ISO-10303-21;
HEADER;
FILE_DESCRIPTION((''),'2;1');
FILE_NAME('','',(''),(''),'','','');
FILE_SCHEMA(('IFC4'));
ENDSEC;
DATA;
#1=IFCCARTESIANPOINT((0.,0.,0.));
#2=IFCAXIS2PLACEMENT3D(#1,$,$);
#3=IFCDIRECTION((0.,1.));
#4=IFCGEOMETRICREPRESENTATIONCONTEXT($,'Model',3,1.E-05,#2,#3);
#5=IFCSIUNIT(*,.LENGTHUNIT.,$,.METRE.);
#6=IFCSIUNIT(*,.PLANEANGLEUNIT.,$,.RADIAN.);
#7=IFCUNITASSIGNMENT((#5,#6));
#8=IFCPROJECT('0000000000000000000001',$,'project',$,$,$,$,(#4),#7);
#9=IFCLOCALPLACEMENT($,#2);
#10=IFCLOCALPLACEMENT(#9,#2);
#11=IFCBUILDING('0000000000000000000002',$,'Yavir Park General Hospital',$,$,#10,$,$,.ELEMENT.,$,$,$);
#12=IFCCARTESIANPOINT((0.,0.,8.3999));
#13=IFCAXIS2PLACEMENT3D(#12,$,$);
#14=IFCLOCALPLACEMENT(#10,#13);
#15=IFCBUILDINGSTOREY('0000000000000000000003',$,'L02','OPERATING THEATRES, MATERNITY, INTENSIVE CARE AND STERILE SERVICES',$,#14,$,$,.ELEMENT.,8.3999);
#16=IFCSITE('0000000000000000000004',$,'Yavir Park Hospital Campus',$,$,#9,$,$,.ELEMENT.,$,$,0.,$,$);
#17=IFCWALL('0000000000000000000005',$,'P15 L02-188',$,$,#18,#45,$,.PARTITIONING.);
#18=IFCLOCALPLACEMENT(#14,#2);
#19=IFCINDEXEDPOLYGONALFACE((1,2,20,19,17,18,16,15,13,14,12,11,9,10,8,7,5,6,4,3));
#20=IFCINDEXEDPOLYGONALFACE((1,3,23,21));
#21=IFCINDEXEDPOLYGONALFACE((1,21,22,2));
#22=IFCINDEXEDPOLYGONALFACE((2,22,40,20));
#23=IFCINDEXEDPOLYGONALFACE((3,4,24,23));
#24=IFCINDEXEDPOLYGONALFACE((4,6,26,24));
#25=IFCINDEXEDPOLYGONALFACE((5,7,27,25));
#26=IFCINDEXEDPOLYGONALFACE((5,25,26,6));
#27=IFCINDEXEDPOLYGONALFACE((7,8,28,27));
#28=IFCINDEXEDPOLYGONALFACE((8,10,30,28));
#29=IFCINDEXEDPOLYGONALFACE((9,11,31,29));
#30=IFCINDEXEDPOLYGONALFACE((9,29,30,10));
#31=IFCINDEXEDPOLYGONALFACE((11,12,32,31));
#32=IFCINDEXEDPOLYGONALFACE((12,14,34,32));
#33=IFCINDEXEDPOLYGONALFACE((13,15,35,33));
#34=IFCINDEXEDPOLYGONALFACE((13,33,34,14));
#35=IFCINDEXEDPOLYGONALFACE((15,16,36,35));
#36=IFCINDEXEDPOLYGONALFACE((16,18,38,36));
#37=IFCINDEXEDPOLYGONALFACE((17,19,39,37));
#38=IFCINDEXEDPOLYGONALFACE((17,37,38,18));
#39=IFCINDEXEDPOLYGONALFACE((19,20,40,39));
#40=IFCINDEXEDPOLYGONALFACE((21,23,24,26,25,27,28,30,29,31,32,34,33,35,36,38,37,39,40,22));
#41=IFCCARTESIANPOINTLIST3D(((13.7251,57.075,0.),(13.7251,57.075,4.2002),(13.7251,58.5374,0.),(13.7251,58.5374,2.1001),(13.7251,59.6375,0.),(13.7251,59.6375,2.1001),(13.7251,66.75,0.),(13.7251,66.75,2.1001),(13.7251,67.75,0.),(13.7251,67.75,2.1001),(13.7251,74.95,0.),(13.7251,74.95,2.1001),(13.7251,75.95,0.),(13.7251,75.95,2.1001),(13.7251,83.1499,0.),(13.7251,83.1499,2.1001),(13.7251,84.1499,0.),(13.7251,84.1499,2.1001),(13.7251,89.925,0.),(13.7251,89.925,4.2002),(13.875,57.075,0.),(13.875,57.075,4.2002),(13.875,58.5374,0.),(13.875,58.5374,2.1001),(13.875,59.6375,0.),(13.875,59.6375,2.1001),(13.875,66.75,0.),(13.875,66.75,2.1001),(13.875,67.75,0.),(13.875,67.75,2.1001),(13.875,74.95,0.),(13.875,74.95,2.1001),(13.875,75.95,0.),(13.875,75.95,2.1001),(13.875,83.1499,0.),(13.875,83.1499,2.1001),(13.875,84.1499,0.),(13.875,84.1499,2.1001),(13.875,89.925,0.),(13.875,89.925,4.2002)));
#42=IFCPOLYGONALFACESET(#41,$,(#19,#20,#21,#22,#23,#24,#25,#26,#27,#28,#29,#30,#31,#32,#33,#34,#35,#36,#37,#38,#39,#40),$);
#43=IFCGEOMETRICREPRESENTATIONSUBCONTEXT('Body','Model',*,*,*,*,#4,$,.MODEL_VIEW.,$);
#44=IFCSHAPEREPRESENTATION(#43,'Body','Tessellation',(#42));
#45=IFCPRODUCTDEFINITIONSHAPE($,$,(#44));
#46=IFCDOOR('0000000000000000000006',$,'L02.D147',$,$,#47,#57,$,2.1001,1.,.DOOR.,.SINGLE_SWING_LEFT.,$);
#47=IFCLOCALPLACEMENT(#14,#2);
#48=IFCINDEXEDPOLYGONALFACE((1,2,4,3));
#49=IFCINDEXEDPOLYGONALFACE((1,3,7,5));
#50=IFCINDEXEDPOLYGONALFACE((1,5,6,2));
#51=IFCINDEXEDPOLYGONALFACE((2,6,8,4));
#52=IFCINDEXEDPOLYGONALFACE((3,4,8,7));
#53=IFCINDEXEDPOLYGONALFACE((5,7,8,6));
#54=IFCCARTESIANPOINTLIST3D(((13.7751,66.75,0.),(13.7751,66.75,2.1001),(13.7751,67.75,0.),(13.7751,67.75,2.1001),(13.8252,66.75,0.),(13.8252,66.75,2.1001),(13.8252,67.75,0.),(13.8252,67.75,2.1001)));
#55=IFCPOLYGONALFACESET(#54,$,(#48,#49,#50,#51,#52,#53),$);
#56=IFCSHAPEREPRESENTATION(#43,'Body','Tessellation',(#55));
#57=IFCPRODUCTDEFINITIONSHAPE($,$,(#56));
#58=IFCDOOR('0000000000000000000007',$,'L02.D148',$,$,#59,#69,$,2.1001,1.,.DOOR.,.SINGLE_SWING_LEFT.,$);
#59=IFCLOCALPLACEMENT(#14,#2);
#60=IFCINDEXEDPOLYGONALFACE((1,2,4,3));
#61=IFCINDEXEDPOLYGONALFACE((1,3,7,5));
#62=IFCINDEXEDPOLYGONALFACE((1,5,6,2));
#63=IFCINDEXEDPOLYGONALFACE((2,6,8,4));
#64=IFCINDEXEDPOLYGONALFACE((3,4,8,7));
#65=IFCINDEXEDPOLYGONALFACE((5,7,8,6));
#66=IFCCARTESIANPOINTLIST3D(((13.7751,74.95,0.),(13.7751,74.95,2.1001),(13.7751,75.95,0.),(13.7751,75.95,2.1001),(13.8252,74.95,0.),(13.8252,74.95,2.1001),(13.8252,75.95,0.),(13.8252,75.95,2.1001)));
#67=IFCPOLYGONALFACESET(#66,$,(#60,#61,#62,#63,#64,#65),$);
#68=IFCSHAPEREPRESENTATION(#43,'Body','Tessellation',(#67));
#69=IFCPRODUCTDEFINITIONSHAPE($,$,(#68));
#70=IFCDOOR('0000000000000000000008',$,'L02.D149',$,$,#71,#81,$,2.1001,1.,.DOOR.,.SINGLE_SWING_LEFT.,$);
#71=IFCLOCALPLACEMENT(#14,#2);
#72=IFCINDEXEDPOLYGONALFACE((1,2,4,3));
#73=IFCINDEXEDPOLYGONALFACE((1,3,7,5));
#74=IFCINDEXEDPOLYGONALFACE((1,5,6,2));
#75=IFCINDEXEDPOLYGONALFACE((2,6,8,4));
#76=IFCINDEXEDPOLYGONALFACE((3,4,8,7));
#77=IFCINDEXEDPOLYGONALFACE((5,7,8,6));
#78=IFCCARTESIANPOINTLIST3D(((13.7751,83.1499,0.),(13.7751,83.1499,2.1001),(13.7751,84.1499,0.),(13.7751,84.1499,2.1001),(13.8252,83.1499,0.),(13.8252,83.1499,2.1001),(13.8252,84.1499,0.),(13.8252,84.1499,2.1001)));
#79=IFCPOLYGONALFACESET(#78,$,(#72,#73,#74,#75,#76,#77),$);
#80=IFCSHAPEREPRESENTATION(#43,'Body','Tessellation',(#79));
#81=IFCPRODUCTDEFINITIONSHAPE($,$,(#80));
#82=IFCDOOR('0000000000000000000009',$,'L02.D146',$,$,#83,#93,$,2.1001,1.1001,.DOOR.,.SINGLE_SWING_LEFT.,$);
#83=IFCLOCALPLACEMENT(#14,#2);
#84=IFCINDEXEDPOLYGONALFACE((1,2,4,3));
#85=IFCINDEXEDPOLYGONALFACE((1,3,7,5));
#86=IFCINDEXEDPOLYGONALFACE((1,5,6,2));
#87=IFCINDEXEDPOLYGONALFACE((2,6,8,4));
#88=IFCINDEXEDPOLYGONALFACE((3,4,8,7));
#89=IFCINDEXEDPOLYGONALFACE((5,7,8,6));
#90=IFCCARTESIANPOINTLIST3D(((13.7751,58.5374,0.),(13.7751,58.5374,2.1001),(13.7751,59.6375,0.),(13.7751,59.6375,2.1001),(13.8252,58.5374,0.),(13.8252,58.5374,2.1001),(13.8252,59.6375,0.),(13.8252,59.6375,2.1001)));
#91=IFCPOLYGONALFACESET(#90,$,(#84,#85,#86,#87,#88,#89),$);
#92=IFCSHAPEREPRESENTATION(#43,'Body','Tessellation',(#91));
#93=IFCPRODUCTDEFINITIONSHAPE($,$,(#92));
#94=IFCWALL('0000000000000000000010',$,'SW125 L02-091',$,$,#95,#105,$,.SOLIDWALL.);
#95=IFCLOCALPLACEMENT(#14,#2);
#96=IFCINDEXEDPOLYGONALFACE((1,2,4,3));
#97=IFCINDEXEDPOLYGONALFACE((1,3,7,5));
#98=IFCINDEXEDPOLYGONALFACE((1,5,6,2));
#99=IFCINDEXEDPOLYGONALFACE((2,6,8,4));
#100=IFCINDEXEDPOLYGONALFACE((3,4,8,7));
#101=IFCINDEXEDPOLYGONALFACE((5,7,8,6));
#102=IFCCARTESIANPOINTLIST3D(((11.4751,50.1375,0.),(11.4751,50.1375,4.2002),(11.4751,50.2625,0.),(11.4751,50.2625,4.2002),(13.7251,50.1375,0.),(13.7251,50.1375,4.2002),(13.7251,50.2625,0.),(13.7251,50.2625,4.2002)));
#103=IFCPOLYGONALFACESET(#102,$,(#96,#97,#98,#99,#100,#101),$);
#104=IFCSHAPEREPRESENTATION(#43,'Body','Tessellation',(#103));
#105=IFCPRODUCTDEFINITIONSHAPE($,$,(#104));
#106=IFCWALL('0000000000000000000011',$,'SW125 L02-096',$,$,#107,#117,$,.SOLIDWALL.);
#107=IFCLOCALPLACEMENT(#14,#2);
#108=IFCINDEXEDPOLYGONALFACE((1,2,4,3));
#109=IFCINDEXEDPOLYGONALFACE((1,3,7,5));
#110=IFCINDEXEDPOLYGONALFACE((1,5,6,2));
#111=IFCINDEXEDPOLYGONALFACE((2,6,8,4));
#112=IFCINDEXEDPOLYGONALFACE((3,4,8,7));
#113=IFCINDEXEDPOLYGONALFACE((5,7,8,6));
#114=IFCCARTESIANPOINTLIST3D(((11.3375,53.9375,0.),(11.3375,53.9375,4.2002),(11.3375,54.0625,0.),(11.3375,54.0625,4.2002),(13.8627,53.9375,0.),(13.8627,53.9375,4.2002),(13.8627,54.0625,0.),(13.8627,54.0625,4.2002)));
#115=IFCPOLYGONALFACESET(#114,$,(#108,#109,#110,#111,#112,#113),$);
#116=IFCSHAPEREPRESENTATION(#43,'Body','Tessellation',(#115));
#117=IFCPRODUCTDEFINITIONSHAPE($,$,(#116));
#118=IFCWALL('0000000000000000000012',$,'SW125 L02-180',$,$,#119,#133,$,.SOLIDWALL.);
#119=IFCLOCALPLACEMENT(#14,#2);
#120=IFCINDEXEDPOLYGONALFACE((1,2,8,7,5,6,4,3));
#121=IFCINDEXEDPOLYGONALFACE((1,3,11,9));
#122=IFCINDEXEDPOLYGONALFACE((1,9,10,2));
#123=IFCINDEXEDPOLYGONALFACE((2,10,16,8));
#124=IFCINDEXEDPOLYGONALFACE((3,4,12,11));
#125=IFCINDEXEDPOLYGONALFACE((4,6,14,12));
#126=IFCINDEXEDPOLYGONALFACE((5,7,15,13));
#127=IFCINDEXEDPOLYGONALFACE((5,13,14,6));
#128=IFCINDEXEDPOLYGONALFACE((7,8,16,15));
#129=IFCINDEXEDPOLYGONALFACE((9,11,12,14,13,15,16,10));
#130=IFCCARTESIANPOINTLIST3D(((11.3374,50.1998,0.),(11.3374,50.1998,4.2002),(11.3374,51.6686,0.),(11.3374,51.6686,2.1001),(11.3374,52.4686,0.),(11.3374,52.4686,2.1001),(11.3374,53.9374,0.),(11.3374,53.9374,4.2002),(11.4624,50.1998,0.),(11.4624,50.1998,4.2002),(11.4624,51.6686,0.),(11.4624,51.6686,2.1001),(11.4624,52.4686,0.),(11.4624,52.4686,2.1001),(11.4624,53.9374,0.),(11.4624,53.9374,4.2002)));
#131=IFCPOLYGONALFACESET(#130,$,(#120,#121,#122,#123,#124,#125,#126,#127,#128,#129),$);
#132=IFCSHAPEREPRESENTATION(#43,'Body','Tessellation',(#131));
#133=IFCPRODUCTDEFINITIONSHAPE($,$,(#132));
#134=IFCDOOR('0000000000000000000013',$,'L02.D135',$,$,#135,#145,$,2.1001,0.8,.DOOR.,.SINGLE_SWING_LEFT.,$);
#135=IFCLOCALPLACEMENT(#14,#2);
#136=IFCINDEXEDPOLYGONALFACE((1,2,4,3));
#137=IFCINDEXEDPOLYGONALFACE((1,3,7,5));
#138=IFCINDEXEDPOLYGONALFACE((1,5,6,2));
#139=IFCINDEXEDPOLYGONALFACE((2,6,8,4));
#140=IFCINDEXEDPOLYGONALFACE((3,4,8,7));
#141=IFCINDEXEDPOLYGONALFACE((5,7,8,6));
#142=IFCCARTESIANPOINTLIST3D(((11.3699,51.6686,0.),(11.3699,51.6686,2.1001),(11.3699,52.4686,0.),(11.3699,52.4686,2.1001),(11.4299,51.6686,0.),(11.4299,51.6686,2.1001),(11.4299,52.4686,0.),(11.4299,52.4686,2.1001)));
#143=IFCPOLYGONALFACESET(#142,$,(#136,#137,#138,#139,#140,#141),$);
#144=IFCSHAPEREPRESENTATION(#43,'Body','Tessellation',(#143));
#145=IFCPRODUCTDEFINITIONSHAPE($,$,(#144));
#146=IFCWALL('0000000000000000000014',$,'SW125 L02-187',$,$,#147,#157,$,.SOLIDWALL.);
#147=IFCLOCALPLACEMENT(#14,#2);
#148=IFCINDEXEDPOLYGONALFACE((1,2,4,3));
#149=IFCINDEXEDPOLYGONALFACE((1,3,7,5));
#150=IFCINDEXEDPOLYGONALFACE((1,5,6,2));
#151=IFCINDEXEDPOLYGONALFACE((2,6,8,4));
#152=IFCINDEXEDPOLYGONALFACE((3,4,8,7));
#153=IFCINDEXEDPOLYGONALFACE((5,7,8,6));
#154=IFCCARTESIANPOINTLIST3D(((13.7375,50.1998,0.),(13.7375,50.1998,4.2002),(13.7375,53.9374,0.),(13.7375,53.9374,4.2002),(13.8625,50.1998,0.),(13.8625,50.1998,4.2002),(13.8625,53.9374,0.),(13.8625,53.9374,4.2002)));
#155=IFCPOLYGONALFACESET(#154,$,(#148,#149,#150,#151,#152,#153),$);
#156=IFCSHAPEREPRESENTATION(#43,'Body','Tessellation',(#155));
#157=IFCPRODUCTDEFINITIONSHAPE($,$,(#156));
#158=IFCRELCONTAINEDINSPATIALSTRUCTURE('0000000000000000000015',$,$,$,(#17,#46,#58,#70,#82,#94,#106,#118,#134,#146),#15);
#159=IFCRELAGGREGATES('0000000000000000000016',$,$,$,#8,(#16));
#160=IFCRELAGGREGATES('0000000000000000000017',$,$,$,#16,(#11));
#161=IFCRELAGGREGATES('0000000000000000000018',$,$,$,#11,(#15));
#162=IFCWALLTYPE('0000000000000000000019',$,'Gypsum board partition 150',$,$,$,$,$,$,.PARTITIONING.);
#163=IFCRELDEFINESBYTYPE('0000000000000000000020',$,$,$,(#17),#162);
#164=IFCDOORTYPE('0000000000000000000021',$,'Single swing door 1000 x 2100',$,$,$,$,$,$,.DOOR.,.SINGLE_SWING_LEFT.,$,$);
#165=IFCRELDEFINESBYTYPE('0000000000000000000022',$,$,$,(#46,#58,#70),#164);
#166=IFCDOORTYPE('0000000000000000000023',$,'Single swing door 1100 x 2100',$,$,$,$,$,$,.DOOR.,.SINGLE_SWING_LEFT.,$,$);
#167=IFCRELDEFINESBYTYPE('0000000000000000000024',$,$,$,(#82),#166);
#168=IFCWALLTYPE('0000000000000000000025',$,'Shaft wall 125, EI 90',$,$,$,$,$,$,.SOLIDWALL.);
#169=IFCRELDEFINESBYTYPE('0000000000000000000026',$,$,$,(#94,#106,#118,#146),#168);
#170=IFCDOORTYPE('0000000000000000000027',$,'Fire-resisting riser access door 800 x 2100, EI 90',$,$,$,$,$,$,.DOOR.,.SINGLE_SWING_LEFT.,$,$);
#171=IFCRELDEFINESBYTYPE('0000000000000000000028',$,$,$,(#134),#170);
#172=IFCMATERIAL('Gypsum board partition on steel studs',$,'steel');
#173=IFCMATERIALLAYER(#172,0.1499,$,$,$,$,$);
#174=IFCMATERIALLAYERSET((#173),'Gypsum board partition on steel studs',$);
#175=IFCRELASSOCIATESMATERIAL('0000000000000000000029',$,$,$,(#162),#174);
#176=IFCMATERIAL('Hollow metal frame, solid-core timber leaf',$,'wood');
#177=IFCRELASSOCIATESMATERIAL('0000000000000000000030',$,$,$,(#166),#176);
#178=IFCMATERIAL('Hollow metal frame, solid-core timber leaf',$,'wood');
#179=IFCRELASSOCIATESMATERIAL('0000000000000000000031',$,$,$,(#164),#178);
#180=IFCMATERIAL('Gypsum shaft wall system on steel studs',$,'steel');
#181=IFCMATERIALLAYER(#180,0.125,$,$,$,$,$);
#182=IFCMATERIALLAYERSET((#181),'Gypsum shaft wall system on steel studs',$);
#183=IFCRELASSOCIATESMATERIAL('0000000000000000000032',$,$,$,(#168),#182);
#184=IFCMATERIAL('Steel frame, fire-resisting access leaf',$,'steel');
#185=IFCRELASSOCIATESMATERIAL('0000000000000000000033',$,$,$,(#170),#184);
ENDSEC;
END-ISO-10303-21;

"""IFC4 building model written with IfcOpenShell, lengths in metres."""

from ifc_helpers import new_model, si_unit, direction, frame, frame_2d, origin, place, context, subcontext, project, spatial, rectangle, extrude, material, layer, layer_set, type_object, element, fill, save


model = new_model("IFC4")

# Units and contexts
model_context = context("Model", 3, precision=1e-05, world=origin(), true_north=direction((0.0, 1.0)))
body_context = subcontext(model_context, "Body", "Model", "MODEL_VIEW")
ifc_project = project(units=[si_unit("LENGTHUNIT", "METRE"), si_unit("PLANEANGLEUNIT", "RADIAN")], contexts=[model_context])

# Site, building, storey
site_placement = place(None, origin())
site = spatial("IfcSite", under=ifc_project, at=site_placement, Name="Yavir Park Hospital Campus", CompositionType="ELEMENT", RefElevation=0.0)
building_placement = place(site_placement, origin())
building = spatial("IfcBuilding", under=site, at=building_placement, Name="Yavir Park General Hospital", CompositionType="ELEMENT")
storey_placement = place(building_placement, frame((0.0, 0.0, 8.3999)))
storey = spatial("IfcBuildingStorey", under=building, at=storey_placement, Name="L02", Description="OPERATING THEATRES, MATERNITY, INTENSIVE CARE AND STERILE SERVICES", CompositionType="ELEMENT", Elevation=8.3999)

# Shared definitions
ifc_material_1 = material(Name="Gypsum board partition on steel studs", Category="steel")
ifc_layer_1 = layer(ifc_material_1, 0.1499)
ifc_layer_set_1 = layer_set([ifc_layer_1], Name="Gypsum board partition on steel studs")
wall_type_1 = type_object("IfcWallType", Name="Gypsum board partition 150", PredefinedType="PARTITIONING", material=ifc_layer_set_1)

# Wall, openings, doors
ifc_material_2 = material(Name="Hollow metal frame, solid-core timber leaf", Category="wood")
door_type_1 = type_object("IfcDoorType", Name="Single swing door 1100 x 2100", OperationType="SINGLE_SWING_LEFT", PredefinedType="DOOR", material=ifc_material_2)
wall_1_placement = place(storey_placement, frame((13.8, 57.075, 0.0), z_axis=(0.0, 0.0, 1.0), x_axis=(0.0, 1.0, 0.0)))
wall_1 = element("IfcWall", 1, at=wall_1_placement, inside=storey, type_object=wall_type_1, Name="P15 L02-188", PredefinedType="PARTITIONING", context=body_context, shape_type="SweptSolid", body=[
    extrude(rectangle(XDim=32.8501, YDim=0.1499, at=frame_2d((16.425, 0.0))), origin(), (0.0, 0.0, 1.0), 4.2002),
])
opening_1_placement = place(wall_1_placement, frame((1.4624, 0.0, 0.0)))
opening_1 = element("IfcOpeningElement", 2, at=opening_1_placement, cuts=wall_1, PredefinedType="OPENING", context=body_context, shape_type="SweptSolid", body=[
    extrude(rectangle(XDim=1.1001, YDim=2.1001, at=frame_2d((0.55, 1.05))), frame((0.0, 0.085, 0.0), z_axis=(0.0, -1.0, 0.0), x_axis=(1.0, 0.0, 0.0)), (0.0, 0.0, 1.0), 0.1699),
])
opening_2_placement = place(wall_1_placement, frame((9.675, 0.0, 0.0)))
opening_2 = element("IfcOpeningElement", 3, at=opening_2_placement, cuts=wall_1, PredefinedType="OPENING", context=body_context, shape_type="SweptSolid", body=[
    extrude(rectangle(XDim=1.0, YDim=2.1001, at=frame_2d((0.5, 1.05))), frame((0.0, 0.085, 0.0), z_axis=(0.0, -1.0, 0.0), x_axis=(1.0, 0.0, 0.0)), (0.0, 0.0, 1.0), 0.1699),
])
opening_3_placement = place(wall_1_placement, frame((17.875, 0.0, 0.0)))
opening_3 = element("IfcOpeningElement", 4, at=opening_3_placement, cuts=wall_1, PredefinedType="OPENING", context=body_context, shape_type="SweptSolid", body=[
    extrude(rectangle(XDim=1.0, YDim=2.1001, at=frame_2d((0.5, 1.05))), frame((0.0, 0.085, 0.0), z_axis=(0.0, -1.0, 0.0), x_axis=(1.0, 0.0, 0.0)), (0.0, 0.0, 1.0), 0.1699),
])
opening_4_placement = place(wall_1_placement, frame((26.075, 0.0, 0.0)))
opening_4 = element("IfcOpeningElement", 5, at=opening_4_placement, cuts=wall_1, PredefinedType="OPENING", context=body_context, shape_type="SweptSolid", body=[
    extrude(rectangle(XDim=1.0, YDim=2.1001, at=frame_2d((0.5, 1.05))), frame((0.0, 0.085, 0.0), z_axis=(0.0, -1.0, 0.0), x_axis=(1.0, 0.0, 0.0)), (0.0, 0.0, 1.0), 0.1699),
])
ifc_material_3 = material(Name="Hollow metal frame, solid-core timber leaf", Category="wood")
door_type_2 = type_object("IfcDoorType", Name="Single swing door 1000 x 2100", OperationType="SINGLE_SWING_LEFT", PredefinedType="DOOR", material=ifc_material_3)
door_1_placement = place(opening_2_placement, origin())
door_1 = element("IfcDoor", 6, at=door_1_placement, inside=storey, type_object=door_type_2, Name="L02.D147", OperationType="SINGLE_SWING_LEFT", OverallHeight=2.1001, OverallWidth=1.0, PredefinedType="DOOR", context=body_context, shape_type="SweptSolid", body=[
    extrude(rectangle(XDim=1.0, YDim=2.1001, at=frame_2d((0.5, 1.05))), frame((0.0, 0.0249, 0.0), z_axis=(0.0, -1.0, 0.0), x_axis=(1.0, 0.0, 0.0)), (0.0, 0.0, 1.0), 0.05),
])
fill(opening_2, door_1)
door_2_placement = place(opening_3_placement, origin())
door_2 = element("IfcDoor", 7, at=door_2_placement, inside=storey, type_object=door_type_2, Name="L02.D148", OperationType="SINGLE_SWING_LEFT", OverallHeight=2.1001, OverallWidth=1.0, PredefinedType="DOOR", context=body_context, shape_type="SweptSolid", body=[
    extrude(rectangle(XDim=1.0, YDim=2.1001, at=frame_2d((0.5, 1.05))), frame((0.0, 0.0249, 0.0), z_axis=(0.0, -1.0, 0.0), x_axis=(1.0, 0.0, 0.0)), (0.0, 0.0, 1.0), 0.05),
])
fill(opening_3, door_2)
door_3_placement = place(opening_4_placement, origin())
door_3 = element("IfcDoor", 8, at=door_3_placement, inside=storey, type_object=door_type_2, Name="L02.D149", OperationType="SINGLE_SWING_LEFT", OverallHeight=2.1001, OverallWidth=1.0, PredefinedType="DOOR", context=body_context, shape_type="SweptSolid", body=[
    extrude(rectangle(XDim=1.0, YDim=2.1001, at=frame_2d((0.5, 1.05))), frame((0.0, 0.0249, 0.0), z_axis=(0.0, -1.0, 0.0), x_axis=(1.0, 0.0, 0.0)), (0.0, 0.0, 1.0), 0.05),
])
fill(opening_4, door_3)
door_4_placement = place(opening_1_placement, origin())
door_4 = element("IfcDoor", 9, at=door_4_placement, inside=storey, type_object=door_type_1, Name="L02.D146", OperationType="SINGLE_SWING_LEFT", OverallHeight=2.1001, OverallWidth=1.1001, PredefinedType="DOOR", context=body_context, shape_type="SweptSolid", body=[
    extrude(rectangle(XDim=1.1001, YDim=2.1001, at=frame_2d((0.55, 1.05))), frame((0.0, 0.0249, 0.0), z_axis=(0.0, -1.0, 0.0), x_axis=(1.0, 0.0, 0.0)), (0.0, 0.0, 1.0), 0.05),
])
fill(opening_1, door_4)

# Walls
ifc_material_4 = material(Name="Gypsum shaft wall system on steel studs", Category="steel")
ifc_layer_2 = layer(ifc_material_4, 0.125)
ifc_layer_set_2 = layer_set([ifc_layer_2], Name="Gypsum shaft wall system on steel studs")
wall_type_2 = type_object("IfcWallType", Name="Shaft wall 125, EI 90", PredefinedType="SOLIDWALL", material=ifc_layer_set_2)
wall_2_placement = place(storey_placement, frame((11.4751, 50.2, 0.0), z_axis=(0.0, 0.0, 1.0), x_axis=(1.0, 0.0, 0.0)))
element("IfcWall", 10, at=wall_2_placement, inside=storey, type_object=wall_type_2, Name="SW125 L02-091", PredefinedType="SOLIDWALL", context=body_context, shape_type="SweptSolid", body=[
    extrude(rectangle(XDim=2.25, YDim=0.125, at=frame_2d((1.125, 0.0))), origin(), (0.0, 0.0, 1.0), 4.2002),
])
wall_3_placement = place(storey_placement, frame((11.3374, 54.0, 0.0), z_axis=(0.0, 0.0, 1.0), x_axis=(1.0, 0.0, 0.0)))
element("IfcWall", 11, at=wall_3_placement, inside=storey, type_object=wall_type_2, Name="SW125 L02-096", PredefinedType="SOLIDWALL", context=body_context, shape_type="SweptSolid", body=[
    extrude(rectangle(XDim=2.5251, YDim=0.125, at=frame_2d((1.2627, 0.0))), origin(), (0.0, 0.0, 1.0), 4.2002),
])

# Wall, opening, door
wall_4_placement = place(storey_placement, frame((11.3999, 50.2, 0.0), z_axis=(0.0, 0.0, 1.0), x_axis=(0.0, 1.0, 0.0)))
wall_4 = element("IfcWall", 12, at=wall_4_placement, inside=storey, type_object=wall_type_2, Name="SW125 L02-180", PredefinedType="SOLIDWALL", context=body_context, shape_type="SweptSolid", body=[
    extrude(rectangle(XDim=3.7375, YDim=0.125, at=frame_2d((1.8687, 0.0))), origin(), (0.0, 0.0, 1.0), 4.2002),
])
opening_5_placement = place(wall_4_placement, frame((1.4688, 0.0, 0.0)))
opening_5 = element("IfcOpeningElement", 13, at=opening_5_placement, cuts=wall_4, PredefinedType="OPENING", context=body_context, shape_type="SweptSolid", body=[
    extrude(rectangle(XDim=0.8, YDim=2.1001, at=frame_2d((0.3999, 1.05))), frame((0.0, 0.0725, 0.0), z_axis=(0.0, -1.0, 0.0), x_axis=(1.0, 0.0, 0.0)), (0.0, 0.0, 1.0), 0.145),
])
ifc_material_5 = material(Name="Steel frame, fire-resisting access leaf", Category="steel")
door_type_3 = type_object("IfcDoorType", Name="Fire-resisting riser access door 800 x 2100, EI 90", OperationType="SINGLE_SWING_LEFT", PredefinedType="DOOR", material=ifc_material_5)
door_5_placement = place(opening_5_placement, origin())
door_5 = element("IfcDoor", 14, at=door_5_placement, inside=storey, type_object=door_type_3, Name="L02.D135", OperationType="SINGLE_SWING_LEFT", OverallHeight=2.1001, OverallWidth=0.8, PredefinedType="DOOR", context=body_context, shape_type="SweptSolid", body=[
    extrude(rectangle(XDim=0.8, YDim=2.1001, at=frame_2d((0.3999, 1.05))), frame((0.0, 0.03, 0.0), z_axis=(0.0, -1.0, 0.0), x_axis=(1.0, 0.0, 0.0)), (0.0, 0.0, 1.0), 0.0601),
])
fill(opening_5, door_5)

# Wall
wall_5_placement = place(storey_placement, frame((13.8, 50.2, 0.0), z_axis=(0.0, 0.0, 1.0), x_axis=(0.0, 1.0, 0.0)))
element("IfcWall", 15, at=wall_5_placement, inside=storey, type_object=wall_type_2, Name="SW125 L02-187", PredefinedType="SOLIDWALL", context=body_context, shape_type="SweptSolid", body=[
    extrude(rectangle(XDim=3.7375, YDim=0.125, at=frame_2d((1.8687, 0.0))), origin(), (0.0, 0.0, 1.0), 4.2002),
])

save(model, "model.ifc")
